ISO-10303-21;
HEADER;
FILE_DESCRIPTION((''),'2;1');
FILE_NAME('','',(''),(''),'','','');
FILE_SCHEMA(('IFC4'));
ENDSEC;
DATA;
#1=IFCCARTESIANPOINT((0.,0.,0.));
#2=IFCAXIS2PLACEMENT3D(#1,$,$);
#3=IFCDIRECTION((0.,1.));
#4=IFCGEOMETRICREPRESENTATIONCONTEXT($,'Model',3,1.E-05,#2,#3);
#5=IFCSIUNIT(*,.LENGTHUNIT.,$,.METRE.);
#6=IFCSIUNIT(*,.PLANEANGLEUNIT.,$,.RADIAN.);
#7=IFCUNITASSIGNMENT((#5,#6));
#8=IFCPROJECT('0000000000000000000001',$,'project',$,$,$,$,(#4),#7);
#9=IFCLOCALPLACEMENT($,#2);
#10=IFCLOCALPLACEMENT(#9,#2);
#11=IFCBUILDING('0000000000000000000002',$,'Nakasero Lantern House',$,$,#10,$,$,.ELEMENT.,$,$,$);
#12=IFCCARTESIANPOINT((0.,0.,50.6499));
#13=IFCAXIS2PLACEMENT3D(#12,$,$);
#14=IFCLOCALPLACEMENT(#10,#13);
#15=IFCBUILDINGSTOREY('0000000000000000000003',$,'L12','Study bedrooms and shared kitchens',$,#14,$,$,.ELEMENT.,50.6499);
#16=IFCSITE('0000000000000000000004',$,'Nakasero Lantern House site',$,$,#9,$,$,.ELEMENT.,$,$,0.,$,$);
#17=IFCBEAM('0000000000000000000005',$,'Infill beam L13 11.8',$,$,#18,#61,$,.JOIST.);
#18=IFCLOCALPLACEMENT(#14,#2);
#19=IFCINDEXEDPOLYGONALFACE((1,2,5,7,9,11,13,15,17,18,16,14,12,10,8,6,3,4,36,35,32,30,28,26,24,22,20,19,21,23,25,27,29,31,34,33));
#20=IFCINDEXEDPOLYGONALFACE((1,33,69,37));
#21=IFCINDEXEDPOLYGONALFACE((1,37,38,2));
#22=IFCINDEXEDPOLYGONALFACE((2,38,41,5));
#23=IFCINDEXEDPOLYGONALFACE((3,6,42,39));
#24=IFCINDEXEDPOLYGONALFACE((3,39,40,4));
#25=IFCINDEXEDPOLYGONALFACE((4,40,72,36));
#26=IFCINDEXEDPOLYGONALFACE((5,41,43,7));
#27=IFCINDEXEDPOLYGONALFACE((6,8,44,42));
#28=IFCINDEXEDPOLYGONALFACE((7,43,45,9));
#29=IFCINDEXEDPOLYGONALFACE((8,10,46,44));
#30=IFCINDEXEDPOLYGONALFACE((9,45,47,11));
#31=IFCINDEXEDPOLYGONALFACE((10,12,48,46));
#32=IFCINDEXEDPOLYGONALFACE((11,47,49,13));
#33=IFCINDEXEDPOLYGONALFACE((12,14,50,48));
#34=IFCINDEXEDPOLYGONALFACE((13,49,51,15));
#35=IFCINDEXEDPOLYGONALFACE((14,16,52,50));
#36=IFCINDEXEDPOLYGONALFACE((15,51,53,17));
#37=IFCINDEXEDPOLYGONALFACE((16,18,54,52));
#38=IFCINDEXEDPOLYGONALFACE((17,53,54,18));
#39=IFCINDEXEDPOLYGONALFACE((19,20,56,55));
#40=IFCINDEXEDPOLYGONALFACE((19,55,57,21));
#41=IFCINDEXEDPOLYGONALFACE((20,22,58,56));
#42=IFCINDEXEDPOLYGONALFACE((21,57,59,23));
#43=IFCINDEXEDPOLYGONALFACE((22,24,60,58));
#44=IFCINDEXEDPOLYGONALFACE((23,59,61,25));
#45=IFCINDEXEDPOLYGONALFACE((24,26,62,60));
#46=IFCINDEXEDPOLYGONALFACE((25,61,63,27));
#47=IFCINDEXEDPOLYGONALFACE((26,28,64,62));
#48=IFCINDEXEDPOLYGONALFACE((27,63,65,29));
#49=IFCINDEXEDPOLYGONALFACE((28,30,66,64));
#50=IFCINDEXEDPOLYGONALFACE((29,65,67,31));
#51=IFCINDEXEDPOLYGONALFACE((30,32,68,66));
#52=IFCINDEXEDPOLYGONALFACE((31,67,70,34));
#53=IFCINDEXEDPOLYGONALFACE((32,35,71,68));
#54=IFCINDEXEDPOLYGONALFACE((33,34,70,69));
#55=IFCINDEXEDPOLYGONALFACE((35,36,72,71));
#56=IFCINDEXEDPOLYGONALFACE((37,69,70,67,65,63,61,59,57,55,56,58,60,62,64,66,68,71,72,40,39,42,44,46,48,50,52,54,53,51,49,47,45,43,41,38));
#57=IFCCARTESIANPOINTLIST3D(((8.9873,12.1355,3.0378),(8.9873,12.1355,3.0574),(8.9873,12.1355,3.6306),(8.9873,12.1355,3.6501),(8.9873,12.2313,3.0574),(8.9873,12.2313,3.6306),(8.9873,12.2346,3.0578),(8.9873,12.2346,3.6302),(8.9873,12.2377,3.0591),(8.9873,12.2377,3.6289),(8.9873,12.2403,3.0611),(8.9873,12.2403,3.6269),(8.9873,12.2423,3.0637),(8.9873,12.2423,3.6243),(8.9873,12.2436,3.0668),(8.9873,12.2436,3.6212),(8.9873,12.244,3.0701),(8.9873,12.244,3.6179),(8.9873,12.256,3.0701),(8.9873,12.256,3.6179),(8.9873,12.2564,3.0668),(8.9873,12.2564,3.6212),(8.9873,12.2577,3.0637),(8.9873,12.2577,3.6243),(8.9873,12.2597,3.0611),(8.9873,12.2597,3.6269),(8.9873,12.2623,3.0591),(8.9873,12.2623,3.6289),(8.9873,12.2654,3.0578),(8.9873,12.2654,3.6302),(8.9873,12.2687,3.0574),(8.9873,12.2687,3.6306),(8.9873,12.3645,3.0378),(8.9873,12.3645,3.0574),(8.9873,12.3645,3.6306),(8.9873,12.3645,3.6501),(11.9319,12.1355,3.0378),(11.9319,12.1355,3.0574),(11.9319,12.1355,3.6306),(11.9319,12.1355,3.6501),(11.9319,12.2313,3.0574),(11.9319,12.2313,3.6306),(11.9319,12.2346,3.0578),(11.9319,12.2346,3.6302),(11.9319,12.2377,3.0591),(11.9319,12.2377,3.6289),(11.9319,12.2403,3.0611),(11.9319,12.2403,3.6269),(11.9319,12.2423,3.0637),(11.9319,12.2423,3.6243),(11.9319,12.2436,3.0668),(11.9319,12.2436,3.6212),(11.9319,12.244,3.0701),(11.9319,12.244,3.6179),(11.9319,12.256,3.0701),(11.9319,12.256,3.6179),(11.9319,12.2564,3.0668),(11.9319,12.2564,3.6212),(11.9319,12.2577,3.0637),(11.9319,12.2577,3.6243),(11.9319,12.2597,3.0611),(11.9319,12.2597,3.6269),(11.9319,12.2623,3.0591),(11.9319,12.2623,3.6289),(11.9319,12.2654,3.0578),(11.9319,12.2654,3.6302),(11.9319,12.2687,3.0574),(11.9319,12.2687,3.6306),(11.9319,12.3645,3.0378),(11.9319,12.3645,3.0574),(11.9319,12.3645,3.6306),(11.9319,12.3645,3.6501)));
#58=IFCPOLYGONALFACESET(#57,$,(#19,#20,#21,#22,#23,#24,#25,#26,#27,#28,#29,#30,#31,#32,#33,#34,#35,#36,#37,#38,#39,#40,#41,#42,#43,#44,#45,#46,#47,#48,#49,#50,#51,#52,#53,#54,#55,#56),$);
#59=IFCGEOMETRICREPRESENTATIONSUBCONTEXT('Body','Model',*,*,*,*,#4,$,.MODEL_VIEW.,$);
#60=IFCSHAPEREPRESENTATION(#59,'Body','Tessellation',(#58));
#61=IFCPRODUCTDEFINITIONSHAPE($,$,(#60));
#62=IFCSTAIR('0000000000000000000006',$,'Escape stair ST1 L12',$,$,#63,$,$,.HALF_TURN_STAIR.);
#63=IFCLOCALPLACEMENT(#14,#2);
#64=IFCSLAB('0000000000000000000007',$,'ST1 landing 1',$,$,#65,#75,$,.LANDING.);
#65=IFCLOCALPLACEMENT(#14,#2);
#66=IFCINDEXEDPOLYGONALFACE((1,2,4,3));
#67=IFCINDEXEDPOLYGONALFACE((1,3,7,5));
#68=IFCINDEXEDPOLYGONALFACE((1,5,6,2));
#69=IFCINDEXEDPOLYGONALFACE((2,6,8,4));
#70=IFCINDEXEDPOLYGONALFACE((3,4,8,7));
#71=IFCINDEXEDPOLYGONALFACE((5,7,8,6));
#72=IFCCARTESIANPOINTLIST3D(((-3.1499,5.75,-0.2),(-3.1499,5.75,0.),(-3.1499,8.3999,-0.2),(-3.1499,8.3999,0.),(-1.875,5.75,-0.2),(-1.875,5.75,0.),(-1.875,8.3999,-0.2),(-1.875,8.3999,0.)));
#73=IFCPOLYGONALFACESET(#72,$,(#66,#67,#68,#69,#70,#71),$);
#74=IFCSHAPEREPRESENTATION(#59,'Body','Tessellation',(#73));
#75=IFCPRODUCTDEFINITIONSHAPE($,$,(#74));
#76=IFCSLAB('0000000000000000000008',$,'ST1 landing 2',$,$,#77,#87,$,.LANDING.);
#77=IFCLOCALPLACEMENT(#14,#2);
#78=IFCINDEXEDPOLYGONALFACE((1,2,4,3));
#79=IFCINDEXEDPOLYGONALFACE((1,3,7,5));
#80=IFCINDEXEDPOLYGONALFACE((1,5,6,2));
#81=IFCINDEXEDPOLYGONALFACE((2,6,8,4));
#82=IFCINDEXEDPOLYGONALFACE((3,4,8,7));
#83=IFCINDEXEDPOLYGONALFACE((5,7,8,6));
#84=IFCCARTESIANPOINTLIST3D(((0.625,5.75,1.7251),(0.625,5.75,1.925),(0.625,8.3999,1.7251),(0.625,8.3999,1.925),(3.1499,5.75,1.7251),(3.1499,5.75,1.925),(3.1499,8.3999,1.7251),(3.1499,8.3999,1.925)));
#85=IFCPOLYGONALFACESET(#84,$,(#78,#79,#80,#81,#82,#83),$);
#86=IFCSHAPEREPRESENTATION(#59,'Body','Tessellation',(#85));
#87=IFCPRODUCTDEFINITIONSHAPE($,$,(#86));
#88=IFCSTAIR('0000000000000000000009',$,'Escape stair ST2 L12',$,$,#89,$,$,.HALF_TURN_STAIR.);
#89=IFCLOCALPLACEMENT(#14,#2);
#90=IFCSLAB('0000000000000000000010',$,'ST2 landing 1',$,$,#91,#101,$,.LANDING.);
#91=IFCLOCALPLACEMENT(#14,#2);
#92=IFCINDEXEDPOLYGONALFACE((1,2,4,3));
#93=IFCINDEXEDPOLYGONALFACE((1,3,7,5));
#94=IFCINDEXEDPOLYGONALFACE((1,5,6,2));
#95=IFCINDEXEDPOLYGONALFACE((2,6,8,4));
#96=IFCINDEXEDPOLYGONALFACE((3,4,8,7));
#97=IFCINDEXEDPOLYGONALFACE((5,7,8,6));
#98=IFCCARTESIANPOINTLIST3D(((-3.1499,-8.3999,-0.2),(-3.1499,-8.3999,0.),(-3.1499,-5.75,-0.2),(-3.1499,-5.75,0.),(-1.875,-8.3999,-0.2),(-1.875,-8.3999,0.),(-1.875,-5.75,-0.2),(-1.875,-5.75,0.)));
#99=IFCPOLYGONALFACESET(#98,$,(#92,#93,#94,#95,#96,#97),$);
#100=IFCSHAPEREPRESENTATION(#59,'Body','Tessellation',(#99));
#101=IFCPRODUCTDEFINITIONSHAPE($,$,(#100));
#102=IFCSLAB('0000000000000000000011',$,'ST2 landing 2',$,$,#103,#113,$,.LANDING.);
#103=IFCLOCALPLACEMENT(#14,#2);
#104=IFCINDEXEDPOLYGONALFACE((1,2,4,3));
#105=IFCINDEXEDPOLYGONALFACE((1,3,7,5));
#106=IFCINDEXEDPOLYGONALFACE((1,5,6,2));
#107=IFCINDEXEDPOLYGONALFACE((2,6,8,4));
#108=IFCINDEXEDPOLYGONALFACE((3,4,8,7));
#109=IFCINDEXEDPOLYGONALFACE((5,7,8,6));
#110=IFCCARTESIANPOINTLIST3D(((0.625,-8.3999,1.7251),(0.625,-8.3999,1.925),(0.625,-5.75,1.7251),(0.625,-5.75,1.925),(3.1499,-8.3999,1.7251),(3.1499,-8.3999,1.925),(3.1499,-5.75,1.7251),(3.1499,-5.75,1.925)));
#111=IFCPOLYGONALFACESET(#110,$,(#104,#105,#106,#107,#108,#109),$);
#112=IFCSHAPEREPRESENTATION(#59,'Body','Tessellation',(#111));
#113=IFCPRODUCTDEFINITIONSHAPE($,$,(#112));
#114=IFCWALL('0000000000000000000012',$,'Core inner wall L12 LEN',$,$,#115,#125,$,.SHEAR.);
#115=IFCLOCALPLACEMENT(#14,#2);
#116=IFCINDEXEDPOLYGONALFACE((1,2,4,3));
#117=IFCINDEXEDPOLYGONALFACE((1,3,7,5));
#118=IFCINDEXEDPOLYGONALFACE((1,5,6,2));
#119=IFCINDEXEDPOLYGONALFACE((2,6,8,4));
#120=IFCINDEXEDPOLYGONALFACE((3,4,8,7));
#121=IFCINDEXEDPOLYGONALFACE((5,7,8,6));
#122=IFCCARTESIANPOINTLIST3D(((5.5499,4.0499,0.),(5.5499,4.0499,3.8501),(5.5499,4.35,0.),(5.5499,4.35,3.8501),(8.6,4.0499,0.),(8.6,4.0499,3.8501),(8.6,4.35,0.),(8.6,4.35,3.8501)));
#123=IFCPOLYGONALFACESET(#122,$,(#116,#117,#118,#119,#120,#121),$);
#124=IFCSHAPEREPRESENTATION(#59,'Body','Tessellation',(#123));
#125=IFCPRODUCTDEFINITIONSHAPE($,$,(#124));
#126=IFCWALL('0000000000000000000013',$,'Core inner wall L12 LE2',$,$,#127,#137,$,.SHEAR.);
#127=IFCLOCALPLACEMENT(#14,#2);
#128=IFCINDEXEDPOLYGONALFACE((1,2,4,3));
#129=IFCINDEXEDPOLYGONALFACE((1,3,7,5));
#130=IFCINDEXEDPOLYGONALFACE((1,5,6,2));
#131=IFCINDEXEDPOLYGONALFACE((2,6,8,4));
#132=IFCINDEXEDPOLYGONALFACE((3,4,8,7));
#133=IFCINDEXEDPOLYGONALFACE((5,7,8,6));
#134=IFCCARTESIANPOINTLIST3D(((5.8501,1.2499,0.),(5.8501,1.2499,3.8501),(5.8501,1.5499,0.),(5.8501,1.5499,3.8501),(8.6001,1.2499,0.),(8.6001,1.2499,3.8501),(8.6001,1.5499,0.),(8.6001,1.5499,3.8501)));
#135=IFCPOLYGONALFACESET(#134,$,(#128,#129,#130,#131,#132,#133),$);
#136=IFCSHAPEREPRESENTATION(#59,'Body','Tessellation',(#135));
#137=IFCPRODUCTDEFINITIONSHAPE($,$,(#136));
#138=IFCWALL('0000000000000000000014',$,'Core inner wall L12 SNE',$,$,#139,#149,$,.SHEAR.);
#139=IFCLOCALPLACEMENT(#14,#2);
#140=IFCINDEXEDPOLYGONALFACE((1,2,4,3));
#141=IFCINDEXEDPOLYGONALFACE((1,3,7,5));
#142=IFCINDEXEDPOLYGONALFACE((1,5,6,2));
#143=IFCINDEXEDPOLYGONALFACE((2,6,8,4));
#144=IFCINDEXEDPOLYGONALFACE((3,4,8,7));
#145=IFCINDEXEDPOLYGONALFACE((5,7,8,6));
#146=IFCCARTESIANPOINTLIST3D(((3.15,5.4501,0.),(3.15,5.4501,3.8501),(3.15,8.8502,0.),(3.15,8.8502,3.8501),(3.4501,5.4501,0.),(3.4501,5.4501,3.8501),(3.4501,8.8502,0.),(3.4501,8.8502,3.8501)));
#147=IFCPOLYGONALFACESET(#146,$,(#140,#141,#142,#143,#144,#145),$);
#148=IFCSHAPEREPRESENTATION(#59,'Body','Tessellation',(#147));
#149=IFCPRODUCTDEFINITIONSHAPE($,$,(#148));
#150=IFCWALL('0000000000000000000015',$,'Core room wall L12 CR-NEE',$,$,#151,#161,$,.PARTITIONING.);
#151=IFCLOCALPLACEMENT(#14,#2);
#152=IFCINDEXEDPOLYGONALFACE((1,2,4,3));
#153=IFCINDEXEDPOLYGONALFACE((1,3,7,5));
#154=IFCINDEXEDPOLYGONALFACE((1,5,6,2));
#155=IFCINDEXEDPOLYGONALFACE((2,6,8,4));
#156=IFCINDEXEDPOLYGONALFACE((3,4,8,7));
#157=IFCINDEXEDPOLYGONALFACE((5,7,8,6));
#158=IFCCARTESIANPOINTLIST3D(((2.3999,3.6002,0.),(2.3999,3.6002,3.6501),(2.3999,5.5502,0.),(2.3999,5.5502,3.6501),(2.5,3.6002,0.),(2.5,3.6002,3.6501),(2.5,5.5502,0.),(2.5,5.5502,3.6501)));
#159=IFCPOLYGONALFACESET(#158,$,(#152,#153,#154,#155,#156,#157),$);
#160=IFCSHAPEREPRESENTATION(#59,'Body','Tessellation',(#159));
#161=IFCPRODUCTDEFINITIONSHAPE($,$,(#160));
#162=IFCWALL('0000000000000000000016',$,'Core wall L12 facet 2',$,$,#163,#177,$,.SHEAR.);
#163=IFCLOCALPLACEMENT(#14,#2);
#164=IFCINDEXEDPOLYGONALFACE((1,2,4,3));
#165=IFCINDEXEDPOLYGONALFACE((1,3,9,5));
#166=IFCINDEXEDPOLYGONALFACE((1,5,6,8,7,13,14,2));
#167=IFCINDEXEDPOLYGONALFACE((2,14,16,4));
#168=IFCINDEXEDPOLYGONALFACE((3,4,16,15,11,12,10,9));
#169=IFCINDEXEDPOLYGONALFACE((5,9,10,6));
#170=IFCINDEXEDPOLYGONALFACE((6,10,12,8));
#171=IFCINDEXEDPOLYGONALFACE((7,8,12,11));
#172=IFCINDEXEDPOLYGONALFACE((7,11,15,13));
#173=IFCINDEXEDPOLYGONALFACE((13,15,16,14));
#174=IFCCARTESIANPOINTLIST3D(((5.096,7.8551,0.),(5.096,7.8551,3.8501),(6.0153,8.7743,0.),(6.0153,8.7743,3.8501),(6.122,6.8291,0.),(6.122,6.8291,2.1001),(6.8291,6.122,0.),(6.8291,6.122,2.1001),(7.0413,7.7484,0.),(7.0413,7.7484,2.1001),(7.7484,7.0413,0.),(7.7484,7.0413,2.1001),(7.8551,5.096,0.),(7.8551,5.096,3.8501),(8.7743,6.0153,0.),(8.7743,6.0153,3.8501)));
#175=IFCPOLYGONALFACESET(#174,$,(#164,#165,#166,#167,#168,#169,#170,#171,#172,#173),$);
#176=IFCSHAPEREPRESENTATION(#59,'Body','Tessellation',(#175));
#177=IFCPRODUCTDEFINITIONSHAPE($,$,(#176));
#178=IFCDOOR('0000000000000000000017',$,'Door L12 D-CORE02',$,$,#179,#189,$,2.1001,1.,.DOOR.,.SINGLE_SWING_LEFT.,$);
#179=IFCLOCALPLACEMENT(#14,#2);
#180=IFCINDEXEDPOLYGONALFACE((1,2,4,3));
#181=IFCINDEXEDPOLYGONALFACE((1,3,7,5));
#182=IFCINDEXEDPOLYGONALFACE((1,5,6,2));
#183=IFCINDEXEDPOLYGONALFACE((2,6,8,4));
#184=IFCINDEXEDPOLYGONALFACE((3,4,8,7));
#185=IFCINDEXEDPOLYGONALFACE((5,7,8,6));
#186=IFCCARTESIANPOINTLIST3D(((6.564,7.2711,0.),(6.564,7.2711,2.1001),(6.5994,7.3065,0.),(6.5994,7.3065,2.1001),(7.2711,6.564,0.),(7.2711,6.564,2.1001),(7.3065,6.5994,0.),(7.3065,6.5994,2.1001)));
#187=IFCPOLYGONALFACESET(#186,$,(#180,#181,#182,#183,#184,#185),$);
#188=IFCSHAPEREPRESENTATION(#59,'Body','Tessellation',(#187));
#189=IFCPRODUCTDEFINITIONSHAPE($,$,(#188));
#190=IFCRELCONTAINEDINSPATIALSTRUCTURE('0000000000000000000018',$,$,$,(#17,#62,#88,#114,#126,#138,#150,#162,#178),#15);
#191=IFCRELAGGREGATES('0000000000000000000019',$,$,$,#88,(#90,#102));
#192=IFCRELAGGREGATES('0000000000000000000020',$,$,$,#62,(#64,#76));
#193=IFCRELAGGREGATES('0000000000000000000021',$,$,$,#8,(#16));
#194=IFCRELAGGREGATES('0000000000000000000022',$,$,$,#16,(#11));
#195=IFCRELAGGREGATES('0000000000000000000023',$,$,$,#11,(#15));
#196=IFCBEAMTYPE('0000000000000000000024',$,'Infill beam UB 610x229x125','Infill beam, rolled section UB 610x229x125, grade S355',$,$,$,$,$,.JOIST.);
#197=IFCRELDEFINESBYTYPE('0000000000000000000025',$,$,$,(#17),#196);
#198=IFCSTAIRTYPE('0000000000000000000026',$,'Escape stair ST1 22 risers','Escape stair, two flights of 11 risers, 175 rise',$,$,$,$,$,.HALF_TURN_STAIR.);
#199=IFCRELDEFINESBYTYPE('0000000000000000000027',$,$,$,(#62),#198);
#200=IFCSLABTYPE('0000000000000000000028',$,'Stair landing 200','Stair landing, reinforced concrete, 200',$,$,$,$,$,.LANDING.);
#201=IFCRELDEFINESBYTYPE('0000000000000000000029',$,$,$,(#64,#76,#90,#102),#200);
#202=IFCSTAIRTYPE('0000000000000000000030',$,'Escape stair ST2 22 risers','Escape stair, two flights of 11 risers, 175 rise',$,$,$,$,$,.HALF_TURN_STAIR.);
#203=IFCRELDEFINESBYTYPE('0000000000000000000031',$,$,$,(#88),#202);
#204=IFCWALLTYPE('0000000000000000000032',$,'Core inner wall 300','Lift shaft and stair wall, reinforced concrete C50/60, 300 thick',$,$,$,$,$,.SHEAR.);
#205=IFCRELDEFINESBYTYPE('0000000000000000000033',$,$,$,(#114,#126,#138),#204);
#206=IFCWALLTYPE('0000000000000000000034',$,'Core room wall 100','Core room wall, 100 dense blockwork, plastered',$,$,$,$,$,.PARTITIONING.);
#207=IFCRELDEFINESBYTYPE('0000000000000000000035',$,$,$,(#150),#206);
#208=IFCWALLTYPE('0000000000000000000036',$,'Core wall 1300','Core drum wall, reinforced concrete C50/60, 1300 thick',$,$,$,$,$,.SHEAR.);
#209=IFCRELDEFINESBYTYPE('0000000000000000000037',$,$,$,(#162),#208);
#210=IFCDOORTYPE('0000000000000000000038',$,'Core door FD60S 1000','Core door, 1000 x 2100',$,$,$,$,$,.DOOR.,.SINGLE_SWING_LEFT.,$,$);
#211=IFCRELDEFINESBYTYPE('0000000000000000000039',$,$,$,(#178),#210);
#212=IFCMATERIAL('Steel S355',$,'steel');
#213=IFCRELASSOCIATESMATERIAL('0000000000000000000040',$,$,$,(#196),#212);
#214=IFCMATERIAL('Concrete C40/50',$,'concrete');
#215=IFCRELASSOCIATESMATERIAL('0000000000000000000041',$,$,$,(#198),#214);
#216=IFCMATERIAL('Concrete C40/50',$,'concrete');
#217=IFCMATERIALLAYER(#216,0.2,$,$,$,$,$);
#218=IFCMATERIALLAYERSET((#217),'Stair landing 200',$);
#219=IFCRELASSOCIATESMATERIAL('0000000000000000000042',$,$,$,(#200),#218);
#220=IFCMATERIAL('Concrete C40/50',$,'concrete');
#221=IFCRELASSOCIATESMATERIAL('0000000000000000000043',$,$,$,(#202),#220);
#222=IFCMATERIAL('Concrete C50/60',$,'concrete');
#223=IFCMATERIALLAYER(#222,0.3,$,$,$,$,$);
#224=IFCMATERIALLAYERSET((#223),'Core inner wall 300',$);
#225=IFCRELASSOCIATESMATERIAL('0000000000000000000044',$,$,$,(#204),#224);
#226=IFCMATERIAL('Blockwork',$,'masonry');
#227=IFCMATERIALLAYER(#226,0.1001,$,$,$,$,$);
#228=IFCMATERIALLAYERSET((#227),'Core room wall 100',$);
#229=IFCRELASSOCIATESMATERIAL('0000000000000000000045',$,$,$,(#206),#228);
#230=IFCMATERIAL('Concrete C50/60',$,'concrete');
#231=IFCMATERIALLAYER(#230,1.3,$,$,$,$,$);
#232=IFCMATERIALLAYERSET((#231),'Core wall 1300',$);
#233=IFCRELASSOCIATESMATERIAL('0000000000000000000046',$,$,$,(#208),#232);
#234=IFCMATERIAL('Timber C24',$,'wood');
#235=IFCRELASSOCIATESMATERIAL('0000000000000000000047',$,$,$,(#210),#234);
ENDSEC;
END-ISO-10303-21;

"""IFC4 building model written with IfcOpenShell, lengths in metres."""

from ifc_helpers import new_model, si_unit, direction, frame, frame_2d, origin, origin_2d, place, context, subcontext, project, spatial, polyline, rectangle, i_section, outline, extrude, material, layer, layer_set, material_profile, profile_set, type_object, element, fill, aggregate, save


model = new_model("IFC4")

# Units and contexts
model_context = context("Model", 3, precision=1e-05, world=origin(), true_north=direction((0.0, 1.0)))
body_context = subcontext(model_context, "Body", "Model", "MODEL_VIEW")
ifc_project = project(units=[si_unit("LENGTHUNIT", "METRE"), si_unit("PLANEANGLEUNIT", "RADIAN")], contexts=[model_context])

# Site, building, storey
site_placement = place(None, origin())
site = spatial("IfcSite", under=ifc_project, at=site_placement, Name="Nakasero Lantern House site", CompositionType="ELEMENT", RefElevation=0.0)
building_placement = place(site_placement, origin())
building = spatial("IfcBuilding", under=site, at=building_placement, Name="Nakasero Lantern House", CompositionType="ELEMENT")
storey_placement = place(building_placement, frame((0.0, 0.0, 50.6499)))
storey = spatial("IfcBuildingStorey", under=building, at=storey_placement, Name="L12", Description="Study bedrooms and shared kitchens", CompositionType="ELEMENT", Elevation=50.6499)

# Beam
ifc_material_1 = material(Name="Steel S355", Category="steel")
ifc_material_profile_1 = material_profile(ifc_material_1, i_section(OverallWidth=0.229, OverallDepth=0.6123, WebThickness=0.012, FlangeThickness=0.0195, FilletRadius=0.0127, at=origin_2d()), Name="UB 610x229x125")
ifc_profile_set_1 = profile_set([ifc_material_profile_1], Name="Steel S355")
beam_type_1 = type_object("IfcBeamType", Name="Infill beam UB 610x229x125", Description="Infill beam, rolled section UB 610x229x125, grade S355", PredefinedType="JOIST", material=ifc_profile_set_1)
beam_1_placement = place(storey_placement, frame((8.9873, 12.25, 3.344), z_axis=(1.0, 0.0, 0.0), x_axis=(0.0, 1.0, 0.0)))
element("IfcBeam", 1, at=beam_1_placement, inside=storey, type_object=beam_type_1, Name="Infill beam L13 11.8", PredefinedType="JOIST", context=body_context, shape_type="SweptSolid", body=[
    extrude(i_section(OverallWidth=0.229, OverallDepth=0.6123, WebThickness=0.012, FlangeThickness=0.0195, FilletRadius=0.0127, at=origin_2d()), origin(), (0.0, 0.0, 1.0), 2.9446),
])

# Stairs, slabs
ifc_material_2 = material(Name="Concrete C40/50", Category="concrete")
stair_type_1 = type_object("IfcStairType", Name="Escape stair ST1 22 risers", Description="Escape stair, two flights of 11 risers, 175 rise", PredefinedType="HALF_TURN_STAIR", material=ifc_material_2)
stair_1_placement = place(storey_placement, origin())
stair_1 = element("IfcStair", 2, at=stair_1_placement, inside=storey, type_object=stair_type_1, Name="Escape stair ST1 L12", PredefinedType="HALF_TURN_STAIR")
ifc_material_3 = material(Name="Concrete C40/50", Category="concrete")
ifc_layer_1 = layer(ifc_material_3, 0.2)
ifc_layer_set_1 = layer_set([ifc_layer_1], Name="Stair landing 200")
slab_type = type_object("IfcSlabType", Name="Stair landing 200", Description="Stair landing, reinforced concrete, 200", PredefinedType="LANDING", material=ifc_layer_set_1)
slab_1_placement = place(storey_placement, frame((0.0, 0.0, -0.2)))
slab_1 = element("IfcSlab", 3, at=slab_1_placement, type_object=slab_type, Name="ST1 landing 1", PredefinedType="LANDING", context=body_context, shape_type="SweptSolid", body=[
    extrude(outline(polyline([(-3.1499, 5.75), (-1.875, 5.75), (-1.875, 8.3999), (-3.1499, 8.3999), (-3.1499, 5.75)])), origin(), (0.0, 0.0, 1.0), 0.2),
])
slab_2_placement = place(storey_placement, frame((0.0, 0.0, 1.7251)))
slab_2 = element("IfcSlab", 4, at=slab_2_placement, type_object=slab_type, Name="ST1 landing 2", PredefinedType="LANDING", context=body_context, shape_type="SweptSolid", body=[
    extrude(outline(polyline([(0.625, 5.75), (3.1499, 5.75), (3.1499, 8.3999), (0.625, 8.3999), (0.625, 5.75)])), origin(), (0.0, 0.0, 1.0), 0.2),
])
ifc_material_4 = material(Name="Concrete C40/50", Category="concrete")
stair_type_2 = type_object("IfcStairType", Name="Escape stair ST2 22 risers", Description="Escape stair, two flights of 11 risers, 175 rise", PredefinedType="HALF_TURN_STAIR", material=ifc_material_4)
stair_2_placement = place(storey_placement, origin())
stair_2 = element("IfcStair", 5, at=stair_2_placement, inside=storey, type_object=stair_type_2, Name="Escape stair ST2 L12", PredefinedType="HALF_TURN_STAIR")
slab_3_placement = place(storey_placement, frame((0.0, 0.0, -0.2)))
slab_3 = element("IfcSlab", 6, at=slab_3_placement, type_object=slab_type, Name="ST2 landing 1", PredefinedType="LANDING", context=body_context, shape_type="SweptSolid", body=[
    extrude(outline(polyline([(-3.1499, -8.3999), (-1.875, -8.3999), (-1.875, -5.75), (-3.1499, -5.75), (-3.1499, -8.3999)])), origin(), (0.0, 0.0, 1.0), 0.2),
])
slab_4_placement = place(storey_placement, frame((0.0, 0.0, 1.7251)))
slab_4 = element("IfcSlab", 7, at=slab_4_placement, type_object=slab_type, Name="ST2 landing 2", PredefinedType="LANDING", context=body_context, shape_type="SweptSolid", body=[
    extrude(outline(polyline([(0.625, -8.3999), (3.1499, -8.3999), (3.1499, -5.75), (0.625, -5.75), (0.625, -8.3999)])), origin(), (0.0, 0.0, 1.0), 0.2),
])
aggregate(stair_2, [slab_3, slab_4])

# Walls
ifc_material_5 = material(Name="Concrete C50/60", Category="concrete")
ifc_layer_2 = layer(ifc_material_5, 0.3)
ifc_layer_set_2 = layer_set([ifc_layer_2], Name="Core inner wall 300")
wall_type_1 = type_object("IfcWallType", Name="Core inner wall 300", Description="Lift shaft and stair wall, reinforced concrete C50/60, 300 thick", PredefinedType="SHEAR", material=ifc_layer_set_2)
wall_1_placement = place(storey_placement, frame((5.55, 4.2, 0.0), z_axis=(0.0, 0.0, 1.0), x_axis=(1.0, 0.0, 0.0)))
element("IfcWall", 8, at=wall_1_placement, inside=storey, type_object=wall_type_1, Name="Core inner wall L12 LEN", PredefinedType="SHEAR", context=body_context, shape_type="SweptSolid", body=[
    extrude(rectangle(XDim=3.05, YDim=0.3, at=frame_2d((1.5249, 0.0))), origin(), (0.0, 0.0, 1.0), 3.8501),
])
wall_2_placement = place(storey_placement, frame((5.8501, 1.3999, 0.0), z_axis=(0.0, 0.0, 1.0), x_axis=(1.0, 0.0, 0.0)))
element("IfcWall", 9, at=wall_2_placement, inside=storey, type_object=wall_type_1, Name="Core inner wall L12 LE2", PredefinedType="SHEAR", context=body_context, shape_type="SweptSolid", body=[
    extrude(rectangle(XDim=2.75, YDim=0.3, at=frame_2d((1.375, 0.0))), origin(), (0.0, 0.0, 1.0), 3.8501),
])
wall_3_placement = place(storey_placement, frame((3.3, 5.45, 0.0), z_axis=(0.0, 0.0, 1.0), x_axis=(0.0, 1.0, 0.0)))
element("IfcWall", 10, at=wall_3_placement, inside=storey, type_object=wall_type_1, Name="Core inner wall L12 SNE", PredefinedType="SHEAR", context=body_context, shape_type="SweptSolid", body=[
    extrude(rectangle(XDim=3.4001, YDim=0.3, at=frame_2d((1.7002, 0.0))), origin(), (0.0, 0.0, 1.0), 3.8501),
])
ifc_material_6 = material(Name="Blockwork", Category="masonry")
ifc_layer_3 = layer(ifc_material_6, 0.1001)
ifc_layer_set_3 = layer_set([ifc_layer_3], Name="Core room wall 100")
wall_type_2 = type_object("IfcWallType", Name="Core room wall 100", Description="Core room wall, 100 dense blockwork, plastered", PredefinedType="PARTITIONING", material=ifc_layer_set_3)
wall_4_placement = place(storey_placement, frame((2.45, 3.6001, 0.0), z_axis=(0.0, 0.0, 1.0), x_axis=(0.0, 1.0, 0.0)))
element("IfcWall", 11, at=wall_4_placement, inside=storey, type_object=wall_type_2, Name="Core room wall L12 CR-NEE", PredefinedType="PARTITIONING", context=body_context, shape_type="SweptSolid", body=[
    extrude(rectangle(XDim=1.95, YDim=0.1001, at=frame_2d((0.9751, 0.0))), origin(), (0.0, 0.0, 1.0), 3.6501),
])

# Wall, opening, door
ifc_material_7 = material(Name="Concrete C50/60", Category="concrete")
ifc_layer_4 = layer(ifc_material_7, 1.3)
ifc_layer_set_4 = layer_set([ifc_layer_4], Name="Core wall 1300")
wall_type_3 = type_object("IfcWallType", Name="Core wall 1300", Description="Core drum wall, reinforced concrete C50/60, 1300 thick", PredefinedType="SHEAR", material=ifc_layer_set_4)
wall_5_placement = place(storey_placement, frame((8.3147, 5.5557, 0.0), z_axis=(0.0, 0.0, 1.0), x_axis=(-0.707107, 0.707107, 0.0)))
wall_5 = element("IfcWall", 12, at=wall_5_placement, inside=storey, type_object=wall_type_3, Name="Core wall L12 facet 2", PredefinedType="SHEAR", context=body_context, shape_type="SweptSolid", body=[
    extrude(rectangle(XDim=3.9019, YDim=1.3, at=frame_2d((1.9509, 0.0))), origin(), (0.0, 0.0, 1.0), 3.8501),
])
opening_1_placement = place(wall_5_placement, frame((1.4509, 0.0, 0.0)))
opening_1 = element("IfcOpeningElement", 13, at=opening_1_placement, cuts=wall_5, PredefinedType="OPENING", context=body_context, shape_type="SweptSolid", body=[
    extrude(rectangle(XDim=1.0, YDim=2.1001, at=frame_2d((0.5, 1.05))), frame((0.0, 0.6699, 0.0), z_axis=(0.0, -1.0, 0.0), x_axis=(1.0, 0.0, 0.0)), (0.0, 0.0, 1.0), 1.3401),
])
ifc_material_8 = material(Name="Timber C24", Category="wood")
door_type_1 = type_object("IfcDoorType", Name="Core door FD60S 1000", Description="Core door, 1000 x 2100", OperationType="SINGLE_SWING_LEFT", PredefinedType="DOOR", material=ifc_material_8)
door_1_placement = place(opening_1_placement, origin())
door_1 = element("IfcDoor", 14, at=door_1_placement, inside=storey, type_object=door_type_1, Name="Door L12 D-CORE02", OperationType="SINGLE_SWING_LEFT", OverallHeight=2.1001, OverallWidth=1.0, PredefinedType="DOOR", context=body_context, shape_type="SweptSolid", body=[
    extrude(rectangle(XDim=1.0, YDim=2.1001, at=frame_2d((0.5, 1.05))), frame((0.0, 0.0249, 0.0), z_axis=(0.0, -1.0, 0.0), x_axis=(1.0, 0.0, 0.0)), (0.0, 0.0, 1.0), 0.05),
])
fill(opening_1, door_1)

aggregate(stair_1, [slab_1, slab_2])

save(model, "model.ifc")
